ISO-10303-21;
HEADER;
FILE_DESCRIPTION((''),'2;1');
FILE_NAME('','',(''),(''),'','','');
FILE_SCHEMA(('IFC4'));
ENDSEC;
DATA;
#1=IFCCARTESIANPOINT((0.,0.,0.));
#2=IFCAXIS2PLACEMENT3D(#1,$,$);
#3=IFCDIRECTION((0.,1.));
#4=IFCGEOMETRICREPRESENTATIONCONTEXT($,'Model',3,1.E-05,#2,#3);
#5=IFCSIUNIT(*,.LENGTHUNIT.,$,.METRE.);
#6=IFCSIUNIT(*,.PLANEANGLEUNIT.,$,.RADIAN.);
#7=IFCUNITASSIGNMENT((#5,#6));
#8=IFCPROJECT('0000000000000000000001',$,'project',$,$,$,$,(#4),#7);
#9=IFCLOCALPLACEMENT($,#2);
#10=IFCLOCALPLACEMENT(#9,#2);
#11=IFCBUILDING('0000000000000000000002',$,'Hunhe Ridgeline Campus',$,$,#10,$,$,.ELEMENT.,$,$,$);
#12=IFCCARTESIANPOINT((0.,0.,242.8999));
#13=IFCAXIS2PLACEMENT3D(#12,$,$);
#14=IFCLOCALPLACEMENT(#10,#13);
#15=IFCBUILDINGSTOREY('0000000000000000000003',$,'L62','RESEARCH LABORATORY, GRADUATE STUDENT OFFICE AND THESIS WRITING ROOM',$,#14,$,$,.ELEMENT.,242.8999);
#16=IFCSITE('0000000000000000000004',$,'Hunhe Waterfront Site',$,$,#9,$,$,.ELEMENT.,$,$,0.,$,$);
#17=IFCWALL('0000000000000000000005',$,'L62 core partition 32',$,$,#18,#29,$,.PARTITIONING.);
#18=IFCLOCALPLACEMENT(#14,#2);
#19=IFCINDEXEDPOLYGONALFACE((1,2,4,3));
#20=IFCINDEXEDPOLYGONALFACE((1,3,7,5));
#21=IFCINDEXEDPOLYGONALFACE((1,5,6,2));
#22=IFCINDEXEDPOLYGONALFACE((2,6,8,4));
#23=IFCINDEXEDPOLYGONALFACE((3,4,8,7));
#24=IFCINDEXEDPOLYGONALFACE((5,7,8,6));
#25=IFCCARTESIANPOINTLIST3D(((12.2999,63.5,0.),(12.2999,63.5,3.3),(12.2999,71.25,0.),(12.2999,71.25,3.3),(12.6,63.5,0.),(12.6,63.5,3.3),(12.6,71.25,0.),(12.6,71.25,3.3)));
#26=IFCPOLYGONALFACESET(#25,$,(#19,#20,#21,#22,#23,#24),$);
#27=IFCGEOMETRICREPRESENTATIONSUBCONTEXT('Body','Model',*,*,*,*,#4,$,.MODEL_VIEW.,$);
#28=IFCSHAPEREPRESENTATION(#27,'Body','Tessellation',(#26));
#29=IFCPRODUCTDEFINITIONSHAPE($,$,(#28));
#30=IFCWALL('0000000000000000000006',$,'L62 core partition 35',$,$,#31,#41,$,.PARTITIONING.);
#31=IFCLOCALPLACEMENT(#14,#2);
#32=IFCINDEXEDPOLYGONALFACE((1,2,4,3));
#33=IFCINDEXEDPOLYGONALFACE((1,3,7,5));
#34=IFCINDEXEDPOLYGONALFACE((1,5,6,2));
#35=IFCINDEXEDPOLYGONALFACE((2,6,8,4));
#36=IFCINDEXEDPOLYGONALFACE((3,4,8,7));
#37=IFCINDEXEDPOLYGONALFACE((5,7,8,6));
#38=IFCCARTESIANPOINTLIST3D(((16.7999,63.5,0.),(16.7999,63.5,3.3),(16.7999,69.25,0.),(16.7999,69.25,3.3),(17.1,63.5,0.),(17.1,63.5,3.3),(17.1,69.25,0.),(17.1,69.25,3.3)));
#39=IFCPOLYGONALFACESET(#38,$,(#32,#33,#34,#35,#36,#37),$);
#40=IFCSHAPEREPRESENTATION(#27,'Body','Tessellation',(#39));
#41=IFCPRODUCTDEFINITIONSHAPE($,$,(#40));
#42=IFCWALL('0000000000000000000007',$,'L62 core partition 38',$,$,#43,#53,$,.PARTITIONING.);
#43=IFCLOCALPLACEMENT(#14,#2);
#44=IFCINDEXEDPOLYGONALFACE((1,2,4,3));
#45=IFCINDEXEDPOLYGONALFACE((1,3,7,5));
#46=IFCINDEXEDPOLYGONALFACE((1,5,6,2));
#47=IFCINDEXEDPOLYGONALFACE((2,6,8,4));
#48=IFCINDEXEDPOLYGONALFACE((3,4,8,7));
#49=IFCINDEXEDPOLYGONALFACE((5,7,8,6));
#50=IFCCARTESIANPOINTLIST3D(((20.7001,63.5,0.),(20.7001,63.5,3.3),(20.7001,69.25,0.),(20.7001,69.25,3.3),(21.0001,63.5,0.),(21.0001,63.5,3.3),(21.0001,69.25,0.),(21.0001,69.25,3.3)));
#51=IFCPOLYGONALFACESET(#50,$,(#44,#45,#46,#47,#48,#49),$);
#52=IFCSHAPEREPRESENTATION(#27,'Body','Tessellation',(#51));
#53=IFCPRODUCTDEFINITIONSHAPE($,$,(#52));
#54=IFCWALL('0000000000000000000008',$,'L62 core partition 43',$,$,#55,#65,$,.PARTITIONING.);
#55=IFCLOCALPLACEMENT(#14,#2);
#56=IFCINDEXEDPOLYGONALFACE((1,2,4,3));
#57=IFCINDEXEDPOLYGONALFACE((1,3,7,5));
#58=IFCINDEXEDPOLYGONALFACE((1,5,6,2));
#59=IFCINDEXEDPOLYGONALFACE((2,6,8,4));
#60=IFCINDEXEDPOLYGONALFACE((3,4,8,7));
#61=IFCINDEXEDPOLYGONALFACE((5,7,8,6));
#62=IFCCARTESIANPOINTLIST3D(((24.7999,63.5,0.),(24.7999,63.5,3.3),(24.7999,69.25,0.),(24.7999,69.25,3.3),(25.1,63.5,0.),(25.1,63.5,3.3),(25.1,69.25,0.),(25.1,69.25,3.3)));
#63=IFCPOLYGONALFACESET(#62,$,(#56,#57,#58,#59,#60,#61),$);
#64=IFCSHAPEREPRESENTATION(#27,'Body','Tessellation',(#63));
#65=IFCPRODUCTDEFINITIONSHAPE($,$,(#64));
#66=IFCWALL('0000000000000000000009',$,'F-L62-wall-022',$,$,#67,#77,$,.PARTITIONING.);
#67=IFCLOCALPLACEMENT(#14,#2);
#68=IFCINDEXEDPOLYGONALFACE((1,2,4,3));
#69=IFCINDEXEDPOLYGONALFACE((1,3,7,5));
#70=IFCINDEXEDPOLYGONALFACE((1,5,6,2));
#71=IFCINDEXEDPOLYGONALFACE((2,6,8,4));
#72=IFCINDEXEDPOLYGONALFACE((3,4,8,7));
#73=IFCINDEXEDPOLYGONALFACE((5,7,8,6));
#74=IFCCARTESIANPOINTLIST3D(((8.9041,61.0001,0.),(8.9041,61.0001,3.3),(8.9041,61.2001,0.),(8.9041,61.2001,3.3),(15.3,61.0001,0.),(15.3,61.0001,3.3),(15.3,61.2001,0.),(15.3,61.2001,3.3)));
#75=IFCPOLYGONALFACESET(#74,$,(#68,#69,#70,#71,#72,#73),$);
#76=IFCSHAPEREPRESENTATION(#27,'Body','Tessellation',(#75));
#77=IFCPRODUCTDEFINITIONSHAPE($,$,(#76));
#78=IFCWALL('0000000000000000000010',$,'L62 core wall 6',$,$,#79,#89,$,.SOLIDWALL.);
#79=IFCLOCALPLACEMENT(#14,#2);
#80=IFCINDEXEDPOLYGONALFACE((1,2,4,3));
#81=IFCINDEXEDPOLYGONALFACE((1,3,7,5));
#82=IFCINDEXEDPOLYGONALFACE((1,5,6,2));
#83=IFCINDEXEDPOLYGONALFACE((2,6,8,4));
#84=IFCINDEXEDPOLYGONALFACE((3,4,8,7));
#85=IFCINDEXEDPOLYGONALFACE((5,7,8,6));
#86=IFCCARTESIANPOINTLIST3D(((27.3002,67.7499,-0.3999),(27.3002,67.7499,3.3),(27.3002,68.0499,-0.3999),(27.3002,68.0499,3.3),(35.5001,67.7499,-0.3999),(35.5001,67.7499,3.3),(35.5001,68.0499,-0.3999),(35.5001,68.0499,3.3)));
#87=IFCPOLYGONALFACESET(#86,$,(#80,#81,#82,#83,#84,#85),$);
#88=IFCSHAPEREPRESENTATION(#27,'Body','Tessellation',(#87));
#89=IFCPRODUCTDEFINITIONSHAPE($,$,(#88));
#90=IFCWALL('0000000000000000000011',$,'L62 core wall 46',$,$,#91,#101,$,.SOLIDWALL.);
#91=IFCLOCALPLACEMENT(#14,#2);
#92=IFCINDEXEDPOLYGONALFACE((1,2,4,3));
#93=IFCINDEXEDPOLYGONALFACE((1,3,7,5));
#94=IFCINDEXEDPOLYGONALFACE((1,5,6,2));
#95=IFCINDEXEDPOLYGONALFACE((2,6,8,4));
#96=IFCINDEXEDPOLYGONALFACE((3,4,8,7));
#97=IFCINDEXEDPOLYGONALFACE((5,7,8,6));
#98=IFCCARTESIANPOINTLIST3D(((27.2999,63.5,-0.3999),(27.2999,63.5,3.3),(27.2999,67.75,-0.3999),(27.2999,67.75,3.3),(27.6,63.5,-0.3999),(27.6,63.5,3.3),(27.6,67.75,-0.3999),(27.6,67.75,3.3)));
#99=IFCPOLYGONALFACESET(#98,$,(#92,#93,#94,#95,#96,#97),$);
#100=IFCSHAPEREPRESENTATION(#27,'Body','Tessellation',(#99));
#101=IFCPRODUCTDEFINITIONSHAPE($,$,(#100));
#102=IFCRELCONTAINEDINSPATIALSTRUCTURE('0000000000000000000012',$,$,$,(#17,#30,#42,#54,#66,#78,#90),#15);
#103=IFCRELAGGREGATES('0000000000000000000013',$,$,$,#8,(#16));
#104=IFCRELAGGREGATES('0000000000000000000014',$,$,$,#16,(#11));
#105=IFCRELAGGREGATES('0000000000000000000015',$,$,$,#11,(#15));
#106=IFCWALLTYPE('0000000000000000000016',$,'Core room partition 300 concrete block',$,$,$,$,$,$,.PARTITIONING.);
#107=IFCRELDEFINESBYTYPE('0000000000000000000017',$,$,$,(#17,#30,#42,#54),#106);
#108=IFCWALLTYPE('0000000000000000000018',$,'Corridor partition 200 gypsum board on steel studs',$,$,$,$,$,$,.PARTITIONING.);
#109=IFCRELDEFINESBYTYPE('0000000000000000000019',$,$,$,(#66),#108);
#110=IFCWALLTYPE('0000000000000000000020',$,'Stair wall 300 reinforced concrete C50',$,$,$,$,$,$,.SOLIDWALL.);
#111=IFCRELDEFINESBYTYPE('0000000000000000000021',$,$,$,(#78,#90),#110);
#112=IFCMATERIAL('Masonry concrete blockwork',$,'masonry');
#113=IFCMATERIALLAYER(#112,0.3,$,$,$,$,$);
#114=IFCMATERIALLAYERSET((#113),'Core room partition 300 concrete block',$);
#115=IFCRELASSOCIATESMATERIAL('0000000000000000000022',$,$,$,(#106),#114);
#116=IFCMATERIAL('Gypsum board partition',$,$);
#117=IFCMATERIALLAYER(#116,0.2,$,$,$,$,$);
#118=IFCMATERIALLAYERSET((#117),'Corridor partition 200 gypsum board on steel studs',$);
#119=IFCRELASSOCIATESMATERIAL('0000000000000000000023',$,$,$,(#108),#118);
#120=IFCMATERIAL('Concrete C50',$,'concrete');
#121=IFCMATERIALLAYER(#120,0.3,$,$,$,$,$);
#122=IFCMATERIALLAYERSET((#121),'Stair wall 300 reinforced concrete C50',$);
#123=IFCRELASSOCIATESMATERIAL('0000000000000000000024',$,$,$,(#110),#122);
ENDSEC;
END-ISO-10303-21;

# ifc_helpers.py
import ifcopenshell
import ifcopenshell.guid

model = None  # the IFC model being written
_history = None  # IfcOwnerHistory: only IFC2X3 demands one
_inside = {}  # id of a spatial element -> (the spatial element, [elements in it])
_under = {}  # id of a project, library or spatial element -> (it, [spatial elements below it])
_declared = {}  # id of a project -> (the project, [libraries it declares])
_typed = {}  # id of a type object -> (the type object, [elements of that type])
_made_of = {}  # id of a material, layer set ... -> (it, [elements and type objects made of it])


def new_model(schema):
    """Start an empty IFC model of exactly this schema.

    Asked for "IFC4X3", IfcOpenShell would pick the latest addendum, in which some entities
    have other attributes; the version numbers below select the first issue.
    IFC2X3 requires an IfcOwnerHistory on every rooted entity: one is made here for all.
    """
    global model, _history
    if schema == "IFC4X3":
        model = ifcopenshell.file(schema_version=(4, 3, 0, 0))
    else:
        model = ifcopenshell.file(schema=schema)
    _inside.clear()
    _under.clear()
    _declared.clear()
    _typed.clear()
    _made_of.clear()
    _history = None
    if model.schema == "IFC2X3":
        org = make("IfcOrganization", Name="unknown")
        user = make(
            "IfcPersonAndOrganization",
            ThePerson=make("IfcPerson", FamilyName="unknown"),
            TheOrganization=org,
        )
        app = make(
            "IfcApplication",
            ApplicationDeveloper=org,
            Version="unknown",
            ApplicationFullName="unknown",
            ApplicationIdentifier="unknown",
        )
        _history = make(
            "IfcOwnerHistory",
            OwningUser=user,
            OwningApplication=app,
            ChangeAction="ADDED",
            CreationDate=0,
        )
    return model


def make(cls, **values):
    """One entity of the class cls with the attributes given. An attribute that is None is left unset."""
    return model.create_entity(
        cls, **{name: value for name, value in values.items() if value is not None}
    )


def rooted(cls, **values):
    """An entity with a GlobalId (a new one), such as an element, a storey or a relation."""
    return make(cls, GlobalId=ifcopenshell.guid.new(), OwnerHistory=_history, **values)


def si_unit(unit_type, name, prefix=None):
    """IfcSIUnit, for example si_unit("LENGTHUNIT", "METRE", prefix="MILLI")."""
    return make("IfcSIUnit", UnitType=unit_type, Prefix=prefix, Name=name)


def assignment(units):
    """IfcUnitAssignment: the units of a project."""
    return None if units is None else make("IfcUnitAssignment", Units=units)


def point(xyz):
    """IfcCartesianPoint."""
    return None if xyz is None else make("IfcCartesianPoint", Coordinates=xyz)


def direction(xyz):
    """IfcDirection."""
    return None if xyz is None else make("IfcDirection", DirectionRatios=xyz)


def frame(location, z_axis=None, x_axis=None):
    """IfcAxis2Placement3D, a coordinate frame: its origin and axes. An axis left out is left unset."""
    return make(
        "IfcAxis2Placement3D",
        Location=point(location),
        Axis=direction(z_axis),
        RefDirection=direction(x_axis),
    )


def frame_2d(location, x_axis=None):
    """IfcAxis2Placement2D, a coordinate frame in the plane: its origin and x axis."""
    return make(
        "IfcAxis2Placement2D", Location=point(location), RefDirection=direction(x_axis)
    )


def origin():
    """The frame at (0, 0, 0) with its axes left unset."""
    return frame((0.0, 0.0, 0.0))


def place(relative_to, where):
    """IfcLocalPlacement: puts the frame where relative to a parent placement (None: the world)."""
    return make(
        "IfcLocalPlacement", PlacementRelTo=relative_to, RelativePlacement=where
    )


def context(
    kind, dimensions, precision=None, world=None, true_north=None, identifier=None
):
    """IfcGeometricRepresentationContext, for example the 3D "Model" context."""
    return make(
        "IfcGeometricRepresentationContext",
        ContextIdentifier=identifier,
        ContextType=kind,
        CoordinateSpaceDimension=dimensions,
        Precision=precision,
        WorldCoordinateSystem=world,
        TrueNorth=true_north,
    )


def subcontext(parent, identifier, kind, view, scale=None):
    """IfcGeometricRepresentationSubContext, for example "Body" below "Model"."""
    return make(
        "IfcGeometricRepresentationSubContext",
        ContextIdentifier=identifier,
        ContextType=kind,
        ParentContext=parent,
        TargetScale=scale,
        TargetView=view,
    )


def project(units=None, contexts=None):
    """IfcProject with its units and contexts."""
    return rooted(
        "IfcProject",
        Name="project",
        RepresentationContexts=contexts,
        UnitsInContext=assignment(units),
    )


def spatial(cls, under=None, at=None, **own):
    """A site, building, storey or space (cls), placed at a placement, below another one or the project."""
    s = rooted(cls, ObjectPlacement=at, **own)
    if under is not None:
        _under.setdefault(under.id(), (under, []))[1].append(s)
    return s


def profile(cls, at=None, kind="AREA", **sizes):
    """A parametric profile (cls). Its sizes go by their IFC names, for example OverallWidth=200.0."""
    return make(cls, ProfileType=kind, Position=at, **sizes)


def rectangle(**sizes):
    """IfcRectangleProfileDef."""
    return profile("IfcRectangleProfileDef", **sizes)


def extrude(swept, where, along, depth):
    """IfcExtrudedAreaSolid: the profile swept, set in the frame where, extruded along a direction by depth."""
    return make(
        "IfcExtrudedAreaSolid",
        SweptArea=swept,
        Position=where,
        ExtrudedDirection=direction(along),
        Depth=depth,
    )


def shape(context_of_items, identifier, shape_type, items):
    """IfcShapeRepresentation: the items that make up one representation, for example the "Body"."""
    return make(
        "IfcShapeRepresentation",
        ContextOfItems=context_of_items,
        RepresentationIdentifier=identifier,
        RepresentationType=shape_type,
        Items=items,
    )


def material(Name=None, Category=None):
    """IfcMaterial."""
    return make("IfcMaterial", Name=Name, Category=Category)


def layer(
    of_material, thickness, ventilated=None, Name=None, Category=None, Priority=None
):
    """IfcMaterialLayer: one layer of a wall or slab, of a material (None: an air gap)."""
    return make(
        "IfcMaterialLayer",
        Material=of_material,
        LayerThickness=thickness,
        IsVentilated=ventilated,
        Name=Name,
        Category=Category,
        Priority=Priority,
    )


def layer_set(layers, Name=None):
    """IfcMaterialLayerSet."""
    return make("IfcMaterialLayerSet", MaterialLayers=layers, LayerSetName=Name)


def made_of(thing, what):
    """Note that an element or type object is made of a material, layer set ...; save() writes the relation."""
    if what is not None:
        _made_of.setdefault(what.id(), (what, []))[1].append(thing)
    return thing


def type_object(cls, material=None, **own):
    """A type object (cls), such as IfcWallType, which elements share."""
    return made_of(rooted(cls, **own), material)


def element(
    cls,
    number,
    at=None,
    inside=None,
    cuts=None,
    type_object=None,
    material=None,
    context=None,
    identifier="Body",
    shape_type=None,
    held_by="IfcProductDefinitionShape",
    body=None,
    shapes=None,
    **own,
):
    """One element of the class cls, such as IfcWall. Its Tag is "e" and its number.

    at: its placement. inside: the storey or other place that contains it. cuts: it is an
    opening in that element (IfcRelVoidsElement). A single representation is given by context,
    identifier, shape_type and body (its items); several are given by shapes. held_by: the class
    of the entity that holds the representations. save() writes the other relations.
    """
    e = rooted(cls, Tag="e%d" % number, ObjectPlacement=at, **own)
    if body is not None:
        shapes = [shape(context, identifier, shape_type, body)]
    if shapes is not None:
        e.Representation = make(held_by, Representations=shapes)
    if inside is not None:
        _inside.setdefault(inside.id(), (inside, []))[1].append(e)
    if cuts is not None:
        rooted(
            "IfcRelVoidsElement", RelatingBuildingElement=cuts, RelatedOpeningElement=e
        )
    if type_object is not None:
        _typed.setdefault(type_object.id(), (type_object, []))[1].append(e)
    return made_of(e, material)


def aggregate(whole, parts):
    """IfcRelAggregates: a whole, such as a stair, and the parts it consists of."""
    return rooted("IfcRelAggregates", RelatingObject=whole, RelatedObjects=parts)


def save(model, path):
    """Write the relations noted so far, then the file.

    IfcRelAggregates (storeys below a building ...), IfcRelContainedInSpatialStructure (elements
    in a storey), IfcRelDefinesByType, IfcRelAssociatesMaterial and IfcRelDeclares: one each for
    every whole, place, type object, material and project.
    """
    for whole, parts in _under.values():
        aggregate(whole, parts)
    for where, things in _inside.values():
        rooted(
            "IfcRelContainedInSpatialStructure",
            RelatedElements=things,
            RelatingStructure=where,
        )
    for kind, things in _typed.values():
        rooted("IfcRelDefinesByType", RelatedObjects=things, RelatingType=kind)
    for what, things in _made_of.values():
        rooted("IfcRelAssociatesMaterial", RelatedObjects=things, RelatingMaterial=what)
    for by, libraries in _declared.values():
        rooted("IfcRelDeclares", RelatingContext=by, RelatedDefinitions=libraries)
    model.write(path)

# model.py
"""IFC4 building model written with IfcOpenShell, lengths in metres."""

from ifc_helpers import new_model, si_unit, direction, frame, frame_2d, origin, place, context, subcontext, project, spatial, rectangle, extrude, material, layer, layer_set, type_object, element, save


model = new_model("IFC4")

# Units and contexts
model_context = context("Model", 3, precision=1e-05, world=origin(), true_north=direction((0.0, 1.0)))
body_context = subcontext(model_context, "Body", "Model", "MODEL_VIEW")
ifc_project = project(units=[si_unit("LENGTHUNIT", "METRE"), si_unit("PLANEANGLEUNIT", "RADIAN")], contexts=[model_context])

# Site, building, storey
site_placement = place(None, origin())
site = spatial("IfcSite", under=ifc_project, at=site_placement, Name="Hunhe Waterfront Site", CompositionType="ELEMENT", RefElevation=0.0)
building_placement = place(site_placement, origin())
building = spatial("IfcBuilding", under=site, at=building_placement, Name="Hunhe Ridgeline Campus", CompositionType="ELEMENT")
storey_placement = place(building_placement, frame((0.0, 0.0, 242.8999)))
storey = spatial("IfcBuildingStorey", under=building, at=storey_placement, Name="L62", Description="RESEARCH LABORATORY, GRADUATE STUDENT OFFICE AND THESIS WRITING ROOM", CompositionType="ELEMENT", Elevation=242.8999)

# Shared definitions
ifc_material_1 = material(Name="Masonry concrete blockwork", Category="masonry")
ifc_layer_1 = layer(ifc_material_1, 0.3)
ifc_layer_set_1 = layer_set([ifc_layer_1], Name="Core room partition 300 concrete block")
wall_type_1 = type_object("IfcWallType", Name="Core room partition 300 concrete block", PredefinedType="PARTITIONING", material=ifc_layer_set_1)

# Walls
wall_1_placement = place(storey_placement, frame((12.45, 63.5, 0.0), z_axis=(0.0, 0.0, 1.0), x_axis=(0.0, 1.0, 0.0)))
element("IfcWall", 1, at=wall_1_placement, inside=storey, type_object=wall_type_1, Name="L62 core partition 32", PredefinedType="PARTITIONING", context=body_context, shape_type="SweptSolid", body=[
    extrude(rectangle(XDim=7.75, YDim=0.3, at=frame_2d((3.875, 0.0))), origin(), (0.0, 0.0, 1.0), 3.3),
])
for number, where, z_axis, x_axis, name in (
    (2, (16.95, 63.5, 0.0), (0.0, 0.0, 1.0), (0.0, 1.0, 0.0), "L62 core partition 35"),
    (3, (20.8501, 63.5, 0.0), (0.0, 0.0, 1.0), (0.0, 1.0, 0.0), "L62 core partition 38"),
    (4, (24.95, 63.5, 0.0), (0.0, 0.0, 1.0), (0.0, 1.0, 0.0), "L62 core partition 43"),
):
    element("IfcWall", number, at=place(storey_placement, frame(where, z_axis=z_axis, x_axis=x_axis)), inside=storey, type_object=wall_type_1, Name=name, PredefinedType="PARTITIONING", context=body_context, shape_type="SweptSolid", body=[
        extrude(rectangle(XDim=5.75, YDim=0.3, at=frame_2d((2.875, 0.0))), origin(), (0.0, 0.0, 1.0), 3.3),
    ])
ifc_material_2 = material(Name="Gypsum board partition")
ifc_layer_2 = layer(ifc_material_2, 0.2)
ifc_layer_set_2 = layer_set([ifc_layer_2], Name="Corridor partition 200 gypsum board on steel studs")
wall_type_2 = type_object("IfcWallType", Name="Corridor partition 200 gypsum board on steel studs", PredefinedType="PARTITIONING", material=ifc_layer_set_2)
wall_2_placement = place(storey_placement, frame((15.3, 61.1001, 0.0), z_axis=(0.0, 0.0, 1.0), x_axis=(-1.0, 0.0, 0.0)))
element("IfcWall", 5, at=wall_2_placement, inside=storey, type_object=wall_type_2, Name="F-L62-wall-022", PredefinedType="PARTITIONING", context=body_context, shape_type="SweptSolid", body=[
    extrude(rectangle(XDim=6.396, YDim=0.2, at=frame_2d((3.198, 0.0))), origin(), (0.0, 0.0, 1.0), 3.3),
])

# Walls
ifc_material_3 = material(Name="Concrete C50", Category="concrete")
ifc_layer_3 = layer(ifc_material_3, 0.3)
ifc_layer_set_3 = layer_set([ifc_layer_3], Name="Stair wall 300 reinforced concrete C50")
wall_type_3 = type_object("IfcWallType", Name="Stair wall 300 reinforced concrete C50", PredefinedType="SOLIDWALL", material=ifc_layer_set_3)
wall_3_placement = place(storey_placement, frame((27.3, 67.8999, -0.3999), z_axis=(0.0, 0.0, 1.0), x_axis=(1.0, 0.0, 0.0)))
element("IfcWall", 6, at=wall_3_placement, inside=storey, type_object=wall_type_3, Name="L62 core wall 6", PredefinedType="SOLIDWALL", context=body_context, shape_type="SweptSolid", body=[
    extrude(rectangle(XDim=8.2, YDim=0.3, at=frame_2d((4.1001, 0.0))), origin(), (0.0, 0.0, 1.0), 3.7),
])
wall_4_placement = place(storey_placement, frame((27.45, 63.5, -0.3999), z_axis=(0.0, 0.0, 1.0), x_axis=(0.0, 1.0, 0.0)))
element("IfcWall", 7, at=wall_4_placement, inside=storey, type_object=wall_type_3, Name="L62 core wall 46", PredefinedType="SOLIDWALL", context=body_context, shape_type="SweptSolid", body=[
    extrude(rectangle(XDim=4.25, YDim=0.3, at=frame_2d((2.125, 0.0))), origin(), (0.0, 0.0, 1.0), 3.7),
])

save(model, "model.ifc")
